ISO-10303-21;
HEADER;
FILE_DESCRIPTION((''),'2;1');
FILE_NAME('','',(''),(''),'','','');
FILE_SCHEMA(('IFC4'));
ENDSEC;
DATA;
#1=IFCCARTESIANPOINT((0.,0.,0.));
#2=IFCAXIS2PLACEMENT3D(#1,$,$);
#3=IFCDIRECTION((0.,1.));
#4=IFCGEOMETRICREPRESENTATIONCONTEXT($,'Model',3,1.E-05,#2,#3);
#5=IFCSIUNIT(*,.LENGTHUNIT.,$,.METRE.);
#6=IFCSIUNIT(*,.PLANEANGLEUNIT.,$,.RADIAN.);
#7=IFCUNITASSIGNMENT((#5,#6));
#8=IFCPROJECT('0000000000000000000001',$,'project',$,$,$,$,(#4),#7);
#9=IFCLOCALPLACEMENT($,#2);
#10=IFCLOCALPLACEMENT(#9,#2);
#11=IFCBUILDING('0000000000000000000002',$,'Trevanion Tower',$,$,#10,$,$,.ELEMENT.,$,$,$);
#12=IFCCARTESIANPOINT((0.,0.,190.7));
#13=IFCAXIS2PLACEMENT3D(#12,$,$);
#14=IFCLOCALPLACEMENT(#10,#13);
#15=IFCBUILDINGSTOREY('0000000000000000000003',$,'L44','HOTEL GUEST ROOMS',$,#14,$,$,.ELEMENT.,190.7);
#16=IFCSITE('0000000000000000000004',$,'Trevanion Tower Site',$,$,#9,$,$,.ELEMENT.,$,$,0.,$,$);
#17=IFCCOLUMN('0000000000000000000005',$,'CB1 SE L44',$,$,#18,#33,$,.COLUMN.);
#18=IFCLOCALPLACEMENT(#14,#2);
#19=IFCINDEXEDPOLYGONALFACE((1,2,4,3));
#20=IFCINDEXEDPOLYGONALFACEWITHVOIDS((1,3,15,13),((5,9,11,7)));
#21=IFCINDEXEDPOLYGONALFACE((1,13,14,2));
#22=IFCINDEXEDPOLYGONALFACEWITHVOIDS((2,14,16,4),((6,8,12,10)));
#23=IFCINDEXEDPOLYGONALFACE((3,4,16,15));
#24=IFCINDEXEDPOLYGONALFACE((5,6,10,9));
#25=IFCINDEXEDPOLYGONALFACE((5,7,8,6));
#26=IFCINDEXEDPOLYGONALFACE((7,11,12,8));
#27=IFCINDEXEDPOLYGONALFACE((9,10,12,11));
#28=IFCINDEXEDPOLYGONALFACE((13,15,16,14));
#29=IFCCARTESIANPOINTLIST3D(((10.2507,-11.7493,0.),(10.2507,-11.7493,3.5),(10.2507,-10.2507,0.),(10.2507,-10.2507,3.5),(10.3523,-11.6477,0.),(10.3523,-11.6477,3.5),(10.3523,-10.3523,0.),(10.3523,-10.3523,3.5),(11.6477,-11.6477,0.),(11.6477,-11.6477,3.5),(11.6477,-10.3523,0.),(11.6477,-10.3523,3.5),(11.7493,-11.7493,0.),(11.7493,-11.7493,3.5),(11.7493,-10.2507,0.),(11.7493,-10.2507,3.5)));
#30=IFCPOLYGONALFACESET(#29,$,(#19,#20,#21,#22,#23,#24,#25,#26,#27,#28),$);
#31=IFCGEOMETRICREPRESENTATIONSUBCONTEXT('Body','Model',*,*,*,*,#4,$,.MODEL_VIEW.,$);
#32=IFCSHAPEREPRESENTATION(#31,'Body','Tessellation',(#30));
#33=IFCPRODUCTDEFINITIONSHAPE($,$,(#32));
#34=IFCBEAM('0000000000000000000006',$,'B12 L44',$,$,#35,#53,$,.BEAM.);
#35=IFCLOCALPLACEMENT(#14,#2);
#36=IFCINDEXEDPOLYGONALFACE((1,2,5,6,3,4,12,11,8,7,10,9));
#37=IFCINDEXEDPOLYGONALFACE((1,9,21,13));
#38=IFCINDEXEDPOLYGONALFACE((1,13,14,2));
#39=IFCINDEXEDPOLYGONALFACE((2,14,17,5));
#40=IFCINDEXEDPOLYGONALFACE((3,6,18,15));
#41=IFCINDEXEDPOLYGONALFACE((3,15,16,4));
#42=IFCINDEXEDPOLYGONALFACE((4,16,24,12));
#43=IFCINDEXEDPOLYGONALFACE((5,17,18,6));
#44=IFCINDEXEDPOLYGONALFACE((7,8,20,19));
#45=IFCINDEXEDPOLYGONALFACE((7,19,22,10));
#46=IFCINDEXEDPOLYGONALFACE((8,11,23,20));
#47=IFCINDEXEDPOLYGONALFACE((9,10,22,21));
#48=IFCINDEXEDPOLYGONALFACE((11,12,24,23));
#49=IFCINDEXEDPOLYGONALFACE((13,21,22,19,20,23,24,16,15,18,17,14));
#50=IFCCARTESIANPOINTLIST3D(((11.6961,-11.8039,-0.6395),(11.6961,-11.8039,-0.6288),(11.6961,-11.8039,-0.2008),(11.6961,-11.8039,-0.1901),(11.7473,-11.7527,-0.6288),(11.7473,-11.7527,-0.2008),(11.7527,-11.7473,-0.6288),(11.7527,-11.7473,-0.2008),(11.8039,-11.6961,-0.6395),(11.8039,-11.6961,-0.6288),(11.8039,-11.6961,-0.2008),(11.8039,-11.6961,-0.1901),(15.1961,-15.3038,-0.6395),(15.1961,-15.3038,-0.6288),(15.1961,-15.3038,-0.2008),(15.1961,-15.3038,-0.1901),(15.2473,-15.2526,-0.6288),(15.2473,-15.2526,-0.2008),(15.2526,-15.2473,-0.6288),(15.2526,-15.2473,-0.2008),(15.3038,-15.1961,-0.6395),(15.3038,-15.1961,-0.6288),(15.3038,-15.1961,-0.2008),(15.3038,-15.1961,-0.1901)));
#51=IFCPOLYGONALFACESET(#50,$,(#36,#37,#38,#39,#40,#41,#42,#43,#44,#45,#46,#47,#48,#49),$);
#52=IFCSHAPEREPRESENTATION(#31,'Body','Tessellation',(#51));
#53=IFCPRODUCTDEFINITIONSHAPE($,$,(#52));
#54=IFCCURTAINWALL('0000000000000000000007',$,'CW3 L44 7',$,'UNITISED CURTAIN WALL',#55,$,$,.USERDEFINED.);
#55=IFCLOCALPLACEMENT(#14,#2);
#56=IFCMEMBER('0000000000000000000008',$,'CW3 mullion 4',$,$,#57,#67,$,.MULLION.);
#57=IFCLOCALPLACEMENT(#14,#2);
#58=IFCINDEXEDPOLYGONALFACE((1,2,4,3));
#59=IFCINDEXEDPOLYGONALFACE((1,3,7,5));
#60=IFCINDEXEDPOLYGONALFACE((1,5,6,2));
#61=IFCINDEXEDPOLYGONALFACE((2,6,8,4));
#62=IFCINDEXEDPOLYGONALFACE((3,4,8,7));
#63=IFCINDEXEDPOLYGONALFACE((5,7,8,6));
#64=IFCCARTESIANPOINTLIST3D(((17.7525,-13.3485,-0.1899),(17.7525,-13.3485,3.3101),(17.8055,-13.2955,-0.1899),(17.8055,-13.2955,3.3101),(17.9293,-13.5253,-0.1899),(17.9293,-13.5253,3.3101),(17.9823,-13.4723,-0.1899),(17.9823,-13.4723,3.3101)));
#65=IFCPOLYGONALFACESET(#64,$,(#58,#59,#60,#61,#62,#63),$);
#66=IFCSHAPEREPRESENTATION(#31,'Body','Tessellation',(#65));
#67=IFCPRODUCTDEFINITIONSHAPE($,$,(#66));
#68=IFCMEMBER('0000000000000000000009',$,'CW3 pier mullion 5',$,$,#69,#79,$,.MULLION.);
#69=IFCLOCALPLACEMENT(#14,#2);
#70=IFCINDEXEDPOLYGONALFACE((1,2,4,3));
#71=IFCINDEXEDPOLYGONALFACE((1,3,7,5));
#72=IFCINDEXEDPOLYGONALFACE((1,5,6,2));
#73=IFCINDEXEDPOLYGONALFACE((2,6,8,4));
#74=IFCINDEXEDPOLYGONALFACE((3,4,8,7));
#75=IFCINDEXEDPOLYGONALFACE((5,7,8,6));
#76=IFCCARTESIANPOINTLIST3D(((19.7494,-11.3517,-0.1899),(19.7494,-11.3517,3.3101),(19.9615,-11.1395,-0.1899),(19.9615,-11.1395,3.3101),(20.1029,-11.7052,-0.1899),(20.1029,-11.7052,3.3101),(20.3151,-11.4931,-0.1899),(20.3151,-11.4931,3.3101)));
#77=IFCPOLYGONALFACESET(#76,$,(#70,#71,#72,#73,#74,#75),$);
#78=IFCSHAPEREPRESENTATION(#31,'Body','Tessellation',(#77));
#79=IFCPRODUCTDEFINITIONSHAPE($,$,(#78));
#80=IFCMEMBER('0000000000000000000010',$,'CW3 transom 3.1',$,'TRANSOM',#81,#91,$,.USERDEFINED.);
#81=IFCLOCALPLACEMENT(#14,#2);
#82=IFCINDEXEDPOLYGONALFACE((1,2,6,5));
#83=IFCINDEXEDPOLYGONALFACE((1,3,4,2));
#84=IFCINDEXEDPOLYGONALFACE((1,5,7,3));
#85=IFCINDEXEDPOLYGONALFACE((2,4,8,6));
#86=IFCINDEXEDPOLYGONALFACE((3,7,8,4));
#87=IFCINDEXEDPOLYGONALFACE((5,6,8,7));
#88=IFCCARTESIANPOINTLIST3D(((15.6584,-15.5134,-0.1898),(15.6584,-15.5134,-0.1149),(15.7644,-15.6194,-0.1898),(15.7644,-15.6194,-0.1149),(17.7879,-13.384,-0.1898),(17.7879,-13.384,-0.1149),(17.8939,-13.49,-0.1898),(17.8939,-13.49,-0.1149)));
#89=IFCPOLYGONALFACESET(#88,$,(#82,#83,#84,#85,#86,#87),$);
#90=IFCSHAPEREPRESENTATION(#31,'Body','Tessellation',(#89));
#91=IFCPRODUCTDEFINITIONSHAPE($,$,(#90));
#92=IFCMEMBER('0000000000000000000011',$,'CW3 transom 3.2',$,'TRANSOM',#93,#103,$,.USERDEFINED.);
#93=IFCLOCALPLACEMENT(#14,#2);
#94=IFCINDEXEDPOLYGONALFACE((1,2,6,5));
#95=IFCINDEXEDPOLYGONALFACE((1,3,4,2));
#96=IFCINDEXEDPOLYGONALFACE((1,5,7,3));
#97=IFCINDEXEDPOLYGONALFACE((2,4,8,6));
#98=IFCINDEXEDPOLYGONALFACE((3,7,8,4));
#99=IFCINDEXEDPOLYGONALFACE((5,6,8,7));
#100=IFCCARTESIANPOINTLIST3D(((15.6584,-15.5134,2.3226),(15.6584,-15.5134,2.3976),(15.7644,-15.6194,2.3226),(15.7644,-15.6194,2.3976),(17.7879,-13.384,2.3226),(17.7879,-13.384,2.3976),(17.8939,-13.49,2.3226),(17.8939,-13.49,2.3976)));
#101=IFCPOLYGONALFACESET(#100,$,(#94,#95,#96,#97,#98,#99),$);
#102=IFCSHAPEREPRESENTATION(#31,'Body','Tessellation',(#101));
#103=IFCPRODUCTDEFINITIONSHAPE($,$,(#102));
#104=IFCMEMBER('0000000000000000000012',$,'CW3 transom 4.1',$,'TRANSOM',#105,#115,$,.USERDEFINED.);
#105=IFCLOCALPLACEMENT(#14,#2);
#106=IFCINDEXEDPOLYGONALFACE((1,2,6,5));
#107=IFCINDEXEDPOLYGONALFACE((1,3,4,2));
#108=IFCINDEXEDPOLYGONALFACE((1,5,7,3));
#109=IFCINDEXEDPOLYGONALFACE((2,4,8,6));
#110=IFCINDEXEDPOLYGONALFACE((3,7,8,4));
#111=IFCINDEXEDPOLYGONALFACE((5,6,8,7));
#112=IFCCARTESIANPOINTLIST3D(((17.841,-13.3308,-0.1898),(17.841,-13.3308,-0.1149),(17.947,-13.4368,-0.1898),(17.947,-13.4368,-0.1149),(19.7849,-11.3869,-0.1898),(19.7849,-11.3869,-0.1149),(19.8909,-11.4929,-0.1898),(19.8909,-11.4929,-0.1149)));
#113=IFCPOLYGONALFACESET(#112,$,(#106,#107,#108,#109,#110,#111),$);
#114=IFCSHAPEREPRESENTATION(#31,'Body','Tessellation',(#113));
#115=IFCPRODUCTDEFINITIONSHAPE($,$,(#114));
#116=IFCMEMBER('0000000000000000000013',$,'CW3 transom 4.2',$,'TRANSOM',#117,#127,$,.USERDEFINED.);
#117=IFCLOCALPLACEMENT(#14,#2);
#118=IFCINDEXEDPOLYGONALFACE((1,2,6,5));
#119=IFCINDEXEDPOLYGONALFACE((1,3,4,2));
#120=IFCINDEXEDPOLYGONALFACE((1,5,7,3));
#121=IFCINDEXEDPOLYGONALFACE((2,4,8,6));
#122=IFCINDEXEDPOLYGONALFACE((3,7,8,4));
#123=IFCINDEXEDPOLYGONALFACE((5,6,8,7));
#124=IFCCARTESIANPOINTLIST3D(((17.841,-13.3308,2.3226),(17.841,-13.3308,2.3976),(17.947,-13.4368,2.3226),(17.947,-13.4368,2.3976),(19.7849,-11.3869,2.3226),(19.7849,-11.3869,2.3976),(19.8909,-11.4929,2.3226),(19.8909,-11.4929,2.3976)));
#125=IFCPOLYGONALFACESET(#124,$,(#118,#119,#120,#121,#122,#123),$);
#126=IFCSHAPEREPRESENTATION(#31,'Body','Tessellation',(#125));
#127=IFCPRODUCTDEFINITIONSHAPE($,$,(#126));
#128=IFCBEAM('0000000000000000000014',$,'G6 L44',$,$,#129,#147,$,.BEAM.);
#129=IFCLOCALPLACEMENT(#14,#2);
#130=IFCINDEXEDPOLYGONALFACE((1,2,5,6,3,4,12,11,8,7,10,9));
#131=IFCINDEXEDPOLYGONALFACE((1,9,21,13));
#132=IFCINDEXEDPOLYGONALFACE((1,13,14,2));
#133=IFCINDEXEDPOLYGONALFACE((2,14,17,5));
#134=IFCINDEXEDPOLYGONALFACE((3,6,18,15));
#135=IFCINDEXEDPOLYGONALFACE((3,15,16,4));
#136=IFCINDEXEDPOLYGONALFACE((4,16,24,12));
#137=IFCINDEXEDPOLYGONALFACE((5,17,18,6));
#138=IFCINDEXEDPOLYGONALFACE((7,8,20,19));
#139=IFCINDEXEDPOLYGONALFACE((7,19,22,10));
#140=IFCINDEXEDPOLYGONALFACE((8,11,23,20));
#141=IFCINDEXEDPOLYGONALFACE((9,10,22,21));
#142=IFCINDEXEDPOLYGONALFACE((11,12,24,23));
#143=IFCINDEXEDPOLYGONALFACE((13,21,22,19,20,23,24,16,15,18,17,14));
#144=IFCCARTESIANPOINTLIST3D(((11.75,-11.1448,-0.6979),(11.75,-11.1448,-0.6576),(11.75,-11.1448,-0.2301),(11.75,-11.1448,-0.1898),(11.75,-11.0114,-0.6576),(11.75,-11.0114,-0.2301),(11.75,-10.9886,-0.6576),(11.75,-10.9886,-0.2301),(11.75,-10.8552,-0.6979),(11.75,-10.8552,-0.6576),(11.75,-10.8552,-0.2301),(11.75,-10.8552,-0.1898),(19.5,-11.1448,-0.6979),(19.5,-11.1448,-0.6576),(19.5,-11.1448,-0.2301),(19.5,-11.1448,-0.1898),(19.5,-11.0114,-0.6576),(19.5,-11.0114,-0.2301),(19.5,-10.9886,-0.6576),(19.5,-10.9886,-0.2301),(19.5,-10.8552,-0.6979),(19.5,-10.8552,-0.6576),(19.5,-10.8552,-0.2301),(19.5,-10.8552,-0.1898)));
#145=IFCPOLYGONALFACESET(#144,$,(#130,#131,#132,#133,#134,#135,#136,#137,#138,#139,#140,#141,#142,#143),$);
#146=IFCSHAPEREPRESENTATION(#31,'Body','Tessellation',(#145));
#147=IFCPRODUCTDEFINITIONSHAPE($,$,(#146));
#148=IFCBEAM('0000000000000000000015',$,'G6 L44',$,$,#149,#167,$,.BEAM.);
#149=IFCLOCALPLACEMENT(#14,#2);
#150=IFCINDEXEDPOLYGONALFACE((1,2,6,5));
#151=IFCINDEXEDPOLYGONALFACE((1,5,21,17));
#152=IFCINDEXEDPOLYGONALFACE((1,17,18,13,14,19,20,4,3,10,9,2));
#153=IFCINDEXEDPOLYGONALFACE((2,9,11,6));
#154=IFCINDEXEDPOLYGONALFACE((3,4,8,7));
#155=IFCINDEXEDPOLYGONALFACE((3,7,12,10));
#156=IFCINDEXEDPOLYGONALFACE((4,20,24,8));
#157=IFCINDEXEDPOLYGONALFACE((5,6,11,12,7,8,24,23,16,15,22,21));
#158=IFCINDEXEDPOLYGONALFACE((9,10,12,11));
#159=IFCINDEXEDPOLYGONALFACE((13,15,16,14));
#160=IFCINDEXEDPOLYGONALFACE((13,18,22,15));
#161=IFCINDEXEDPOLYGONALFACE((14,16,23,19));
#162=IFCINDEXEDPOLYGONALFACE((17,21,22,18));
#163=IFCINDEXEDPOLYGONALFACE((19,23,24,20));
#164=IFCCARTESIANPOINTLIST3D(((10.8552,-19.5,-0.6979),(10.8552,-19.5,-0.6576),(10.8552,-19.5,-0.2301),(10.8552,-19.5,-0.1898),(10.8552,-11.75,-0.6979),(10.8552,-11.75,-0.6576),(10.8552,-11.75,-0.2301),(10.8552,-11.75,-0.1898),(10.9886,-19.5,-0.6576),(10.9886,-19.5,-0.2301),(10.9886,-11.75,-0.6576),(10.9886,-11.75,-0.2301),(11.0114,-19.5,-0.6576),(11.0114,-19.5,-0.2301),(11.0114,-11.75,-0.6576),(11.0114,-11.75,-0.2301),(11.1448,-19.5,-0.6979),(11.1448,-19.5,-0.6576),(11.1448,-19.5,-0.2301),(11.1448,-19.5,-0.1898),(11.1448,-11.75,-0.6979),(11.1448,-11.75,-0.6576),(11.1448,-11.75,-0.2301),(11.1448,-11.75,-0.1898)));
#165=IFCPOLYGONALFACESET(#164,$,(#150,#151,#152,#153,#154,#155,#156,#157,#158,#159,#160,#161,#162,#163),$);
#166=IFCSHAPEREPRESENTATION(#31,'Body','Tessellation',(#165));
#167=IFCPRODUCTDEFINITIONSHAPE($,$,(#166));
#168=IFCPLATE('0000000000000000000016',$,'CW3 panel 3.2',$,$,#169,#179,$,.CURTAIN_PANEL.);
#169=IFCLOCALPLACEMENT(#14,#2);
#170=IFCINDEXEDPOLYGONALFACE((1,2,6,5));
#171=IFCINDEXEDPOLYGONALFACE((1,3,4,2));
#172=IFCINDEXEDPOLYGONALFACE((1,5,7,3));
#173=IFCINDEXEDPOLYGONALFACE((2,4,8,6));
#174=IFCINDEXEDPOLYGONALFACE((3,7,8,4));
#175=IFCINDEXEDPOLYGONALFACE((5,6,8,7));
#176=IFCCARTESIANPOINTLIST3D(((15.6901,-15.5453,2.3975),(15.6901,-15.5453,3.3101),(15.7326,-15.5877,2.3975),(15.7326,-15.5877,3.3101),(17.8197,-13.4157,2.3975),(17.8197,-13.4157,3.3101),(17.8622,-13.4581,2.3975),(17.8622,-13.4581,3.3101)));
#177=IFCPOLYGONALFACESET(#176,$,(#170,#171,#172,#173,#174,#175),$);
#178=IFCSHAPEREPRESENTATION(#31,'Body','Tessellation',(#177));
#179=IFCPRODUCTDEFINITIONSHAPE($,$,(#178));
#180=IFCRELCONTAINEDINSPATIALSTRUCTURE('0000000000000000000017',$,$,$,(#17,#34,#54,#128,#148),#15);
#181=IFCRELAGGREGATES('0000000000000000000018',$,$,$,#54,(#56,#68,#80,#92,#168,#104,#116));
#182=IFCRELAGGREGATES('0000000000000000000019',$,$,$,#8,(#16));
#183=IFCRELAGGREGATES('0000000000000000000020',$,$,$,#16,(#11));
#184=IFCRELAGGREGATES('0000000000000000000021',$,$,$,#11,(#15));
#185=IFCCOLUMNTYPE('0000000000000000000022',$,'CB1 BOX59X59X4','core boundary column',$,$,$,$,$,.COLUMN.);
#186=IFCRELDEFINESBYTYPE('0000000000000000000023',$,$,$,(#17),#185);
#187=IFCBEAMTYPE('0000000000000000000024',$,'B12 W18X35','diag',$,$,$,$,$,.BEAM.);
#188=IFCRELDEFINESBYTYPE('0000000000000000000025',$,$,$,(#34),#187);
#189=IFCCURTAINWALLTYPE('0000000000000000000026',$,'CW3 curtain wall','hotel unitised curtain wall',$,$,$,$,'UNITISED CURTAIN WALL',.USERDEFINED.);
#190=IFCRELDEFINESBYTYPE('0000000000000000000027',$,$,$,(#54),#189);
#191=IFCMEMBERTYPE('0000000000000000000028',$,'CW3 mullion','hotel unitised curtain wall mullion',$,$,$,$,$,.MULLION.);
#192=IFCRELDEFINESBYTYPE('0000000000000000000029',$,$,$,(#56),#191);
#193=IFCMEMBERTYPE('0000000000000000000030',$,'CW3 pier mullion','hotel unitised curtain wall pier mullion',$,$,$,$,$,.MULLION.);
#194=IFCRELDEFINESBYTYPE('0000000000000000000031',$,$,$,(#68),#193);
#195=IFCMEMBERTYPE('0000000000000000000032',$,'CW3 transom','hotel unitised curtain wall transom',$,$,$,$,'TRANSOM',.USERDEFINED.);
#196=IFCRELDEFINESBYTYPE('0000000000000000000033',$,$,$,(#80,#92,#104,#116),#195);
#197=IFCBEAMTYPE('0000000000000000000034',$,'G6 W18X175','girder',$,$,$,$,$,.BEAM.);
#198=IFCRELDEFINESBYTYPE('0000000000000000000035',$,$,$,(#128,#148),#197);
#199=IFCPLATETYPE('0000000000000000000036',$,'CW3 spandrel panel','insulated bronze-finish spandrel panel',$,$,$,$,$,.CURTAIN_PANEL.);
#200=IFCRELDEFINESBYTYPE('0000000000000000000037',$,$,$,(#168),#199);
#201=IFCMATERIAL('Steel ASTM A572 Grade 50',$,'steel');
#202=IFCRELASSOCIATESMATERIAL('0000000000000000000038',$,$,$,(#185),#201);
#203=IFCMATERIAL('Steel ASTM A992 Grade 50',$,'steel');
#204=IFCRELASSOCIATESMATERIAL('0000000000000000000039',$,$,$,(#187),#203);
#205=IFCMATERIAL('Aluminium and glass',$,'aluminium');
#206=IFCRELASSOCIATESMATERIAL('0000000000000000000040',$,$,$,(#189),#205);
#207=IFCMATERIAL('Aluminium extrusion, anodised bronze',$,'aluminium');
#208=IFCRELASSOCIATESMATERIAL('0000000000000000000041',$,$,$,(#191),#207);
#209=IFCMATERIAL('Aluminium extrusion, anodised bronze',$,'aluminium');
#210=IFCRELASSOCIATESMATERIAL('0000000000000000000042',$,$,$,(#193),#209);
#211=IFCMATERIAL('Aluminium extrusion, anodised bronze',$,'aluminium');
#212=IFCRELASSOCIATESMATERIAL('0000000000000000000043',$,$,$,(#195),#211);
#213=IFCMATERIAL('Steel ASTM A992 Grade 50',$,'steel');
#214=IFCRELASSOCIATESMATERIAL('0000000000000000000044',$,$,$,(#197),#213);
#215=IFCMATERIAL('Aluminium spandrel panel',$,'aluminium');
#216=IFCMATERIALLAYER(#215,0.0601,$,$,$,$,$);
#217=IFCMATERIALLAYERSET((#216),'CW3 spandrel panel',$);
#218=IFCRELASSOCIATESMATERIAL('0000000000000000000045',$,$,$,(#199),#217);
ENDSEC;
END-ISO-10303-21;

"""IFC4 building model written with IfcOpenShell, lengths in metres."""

from ifc_helpers import new_model, si_unit, direction, frame, origin, origin_2d, place, context, subcontext, project, spatial, rectangle, hollow_rectangle, i_section, extrude, material, layer, layer_set, material_profile, profile_set, type_object, element, aggregate, save


model = new_model("IFC4")

# Units and contexts
model_context = context("Model", 3, precision=1e-05, world=origin(), true_north=direction((0.0, 1.0)))
body_context = subcontext(model_context, "Body", "Model", "MODEL_VIEW")
ifc_project = project(units=[si_unit("LENGTHUNIT", "METRE"), si_unit("PLANEANGLEUNIT", "RADIAN")], contexts=[model_context])

# Site, building, storey
site_placement = place(None, origin())
site = spatial("IfcSite", under=ifc_project, at=site_placement, Name="Trevanion Tower Site", CompositionType="ELEMENT", RefElevation=0.0)
building_placement = place(site_placement, origin())
building = spatial("IfcBuilding", under=site, at=building_placement, Name="Trevanion Tower", CompositionType="ELEMENT")
storey_placement = place(building_placement, frame((0.0, 0.0, 190.7)))
storey = spatial("IfcBuildingStorey", under=building, at=storey_placement, Name="L44", Description="HOTEL GUEST ROOMS", CompositionType="ELEMENT", Elevation=190.7)

# Column
ifc_material_1 = material(Name="Steel ASTM A572 Grade 50", Category="steel")
ifc_material_profile_1 = material_profile(ifc_material_1, hollow_rectangle(XDim=1.4985, YDim=1.4985, WallThickness=0.1016, at=origin_2d()), Name="BOX59X59X4")
ifc_profile_set_1 = profile_set([ifc_material_profile_1], Name="Steel ASTM A572 Grade 50")
column_type = type_object("IfcColumnType", Name="CB1 BOX59X59X4", Description="core boundary column", PredefinedType="COLUMN", material=ifc_profile_set_1)
column_placement = place(storey_placement, frame((11.0, -11.0, 0.0), z_axis=(0.0, 0.0, 1.0), x_axis=(1.0, 0.0, 0.0)))
element("IfcColumn", 1, at=column_placement, inside=storey, type_object=column_type, Name="CB1 SE L44", PredefinedType="COLUMN", context=body_context, shape_type="SweptSolid", body=[
    extrude(hollow_rectangle(XDim=1.4985, YDim=1.4985, WallThickness=0.1016, at=origin_2d()), origin(), (0.0, 0.0, 1.0), 3.5),
])

# Beam
ifc_material_2 = material(Name="Steel ASTM A992 Grade 50", Category="steel")
ifc_material_profile_2 = material_profile(ifc_material_2, i_section(OverallWidth=0.1523, OverallDepth=0.4495, WebThickness=0.0076, FlangeThickness=0.0107, at=origin_2d()), Name="W18X35")
ifc_profile_set_2 = profile_set([ifc_material_profile_2], Name="Steel ASTM A992 Grade 50")
beam_type_1 = type_object("IfcBeamType", Name="B12 W18X35", Description="diag", PredefinedType="BEAM", material=ifc_profile_set_2)
beam_placement = place(storey_placement, frame((11.75, -11.75, -0.4148), z_axis=(0.707107, -0.707107, 0.0), x_axis=(0.707107, 0.707107, 0.0)))
element("IfcBeam", 2, at=beam_placement, inside=storey, type_object=beam_type_1, Name="B12 L44", PredefinedType="BEAM", context=body_context, shape_type="SweptSolid", body=[
    extrude(i_section(OverallWidth=0.1523, OverallDepth=0.4495, WebThickness=0.0076, FlangeThickness=0.0107, at=origin_2d()), origin(), (0.0, 0.0, 1.0), 4.9497),
])

# Curtain wall, members
ifc_material_3 = material(Name="Aluminium and glass", Category="aluminium")
curtain_wall_type = type_object("IfcCurtainWallType", Name="CW3 curtain wall", Description="hotel unitised curtain wall", ElementType="UNITISED CURTAIN WALL", PredefinedType="USERDEFINED", material=ifc_material_3)
curtain_wall_placement = place(storey_placement, origin())
curtain_wall = element("IfcCurtainWall", 3, at=curtain_wall_placement, inside=storey, type_object=curtain_wall_type, Name="CW3 L44 7", ObjectType="UNITISED CURTAIN WALL", PredefinedType="USERDEFINED")
ifc_material_4 = material(Name="Aluminium extrusion, anodised bronze", Category="aluminium")
ifc_material_profile_3 = material_profile(ifc_material_4, rectangle(XDim=0.075, YDim=0.25, at=origin_2d()), Name="CW3 mullion")
ifc_profile_set_3 = profile_set([ifc_material_profile_3], Name="Aluminium extrusion, anodised bronze")
member_type_1 = type_object("IfcMemberType", Name="CW3 mullion", Description="hotel unitised curtain wall mullion", PredefinedType="MULLION", material=ifc_profile_set_3)
member_1_placement = place(storey_placement, frame((17.8674, -13.4104, -0.1899), z_axis=(0.0, 0.0, 1.0), x_axis=(0.707107, 0.707107, 0.0)))
member_1 = element("IfcMember", 4, at=member_1_placement, type_object=member_type_1, Name="CW3 mullion 4", PredefinedType="MULLION", context=body_context, shape_type="SweptSolid", body=[
    extrude(rectangle(XDim=0.075, YDim=0.25, at=origin_2d()), origin(), (0.0, 0.0, 1.0), 3.5),
])
ifc_material_5 = material(Name="Aluminium extrusion, anodised bronze", Category="aluminium")
ifc_material_profile_4 = material_profile(ifc_material_5, rectangle(XDim=0.3, YDim=0.5, at=origin_2d()), Name="CW3 pier mullion")
ifc_profile_set_4 = profile_set([ifc_material_profile_4], Name="Aluminium extrusion, anodised bronze")
member_type_2 = type_object("IfcMemberType", Name="CW3 pier mullion", Description="hotel unitised curtain wall pier mullion", PredefinedType="MULLION", material=ifc_profile_set_4)
member_2_placement = place(storey_placement, frame((20.0322, -11.4224, -0.1899), z_axis=(0.0, 0.0, 1.0), x_axis=(0.707107, 0.707107, 0.0)))
member_2 = element("IfcMember", 5, at=member_2_placement, type_object=member_type_2, Name="CW3 pier mullion 5", PredefinedType="MULLION", context=body_context, shape_type="SweptSolid", body=[
    extrude(rectangle(XDim=0.3, YDim=0.5, at=origin_2d()), origin(), (0.0, 0.0, 1.0), 3.5),
])
ifc_material_6 = material(Name="Aluminium extrusion, anodised bronze", Category="aluminium")
ifc_material_profile_5 = material_profile(ifc_material_6, rectangle(XDim=0.1499, YDim=0.075, at=origin_2d()), Name="CW3 transom")
ifc_profile_set_5 = profile_set([ifc_material_profile_5], Name="Aluminium extrusion, anodised bronze")
member_type_3 = type_object("IfcMemberType", Name="CW3 transom", Description="hotel unitised curtain wall transom", ElementType="TRANSOM", PredefinedType="USERDEFINED", material=ifc_profile_set_5)
member_3_placement = place(storey_placement, frame((15.7114, -15.5664, -0.1523), z_axis=(0.707107, 0.707107, 0.0), x_axis=(-0.707107, 0.707107, 0.0)))
member_3 = element("IfcMember", 6, at=member_3_placement, type_object=member_type_3, Name="CW3 transom 3.1", ObjectType="TRANSOM", PredefinedType="USERDEFINED", context=body_context, shape_type="SweptSolid", body=[
    extrude(rectangle(XDim=0.1499, YDim=0.075, at=origin_2d()), origin(), (0.0, 0.0, 1.0), 3.0115),
])
member_4_placement = place(storey_placement, frame((15.7114, -15.5664, 2.3601), z_axis=(0.707107, 0.707107, 0.0), x_axis=(-0.707107, 0.707107, 0.0)))
member_4 = element("IfcMember", 7, at=member_4_placement, type_object=member_type_3, Name="CW3 transom 3.2", ObjectType="TRANSOM", PredefinedType="USERDEFINED", context=body_context, shape_type="SweptSolid", body=[
    extrude(rectangle(XDim=0.1499, YDim=0.075, at=origin_2d()), origin(), (0.0, 0.0, 1.0), 3.0115),
])
member_5_placement = place(storey_placement, frame((17.894, -13.3838, -0.1523), z_axis=(0.707107, 0.707107, 0.0), x_axis=(-0.707107, 0.707107, 0.0)))
member_5 = element("IfcMember", 8, at=member_5_placement, type_object=member_type_3, Name="CW3 transom 4.1", ObjectType="TRANSOM", PredefinedType="USERDEFINED", context=body_context, shape_type="SweptSolid", body=[
    extrude(rectangle(XDim=0.1499, YDim=0.075, at=origin_2d()), origin(), (0.0, 0.0, 1.0), 2.749),
])
member_6_placement = place(storey_placement, frame((17.894, -13.3838, 2.3601), z_axis=(0.707107, 0.707107, 0.0), x_axis=(-0.707107, 0.707107, 0.0)))
member_6 = element("IfcMember", 9, at=member_6_placement, type_object=member_type_3, Name="CW3 transom 4.2", ObjectType="TRANSOM", PredefinedType="USERDEFINED", context=body_context, shape_type="SweptSolid", body=[
    extrude(rectangle(XDim=0.1499, YDim=0.075, at=origin_2d()), origin(), (0.0, 0.0, 1.0), 2.749),
])

# Beams
ifc_material_7 = material(Name="Steel ASTM A992 Grade 50", Category="steel")
ifc_material_profile_6 = material_profile(ifc_material_7, i_section(OverallWidth=0.2896, OverallDepth=0.5081, WebThickness=0.0227, FlangeThickness=0.0403, at=origin_2d()), Name="W18X175")
ifc_profile_set_6 = profile_set([ifc_material_profile_6], Name="Steel ASTM A992 Grade 50")
beam_type_2 = type_object("IfcBeamType", Name="G6 W18X175", Description="girder", PredefinedType="BEAM", material=ifc_profile_set_6)
for number, where, z_axis, x_axis, name in (
    (10, (11.75, -11.0, -0.4438), (1.0, 0.0, 0.0), (0.0, 1.0, 0.0), "G6 L44"),
    (11, (11.0, -11.75, -0.4438), (0.0, -1.0, 0.0), (1.0, 0.0, 0.0), "G6 L44"),
):
    element("IfcBeam", number, at=place(storey_placement, frame(where, z_axis=z_axis, x_axis=x_axis)), inside=storey, type_object=beam_type_2, Name=name, PredefinedType="BEAM", context=body_context, shape_type="SweptSolid", body=[
        extrude(i_section(OverallWidth=0.2896, OverallDepth=0.5081, WebThickness=0.0227, FlangeThickness=0.0403, at=origin_2d()), origin(), (0.0, 0.0, 1.0), 7.75),
    ])

# Plate
ifc_material_8 = material(Name="Aluminium spandrel panel", Category="aluminium")
ifc_layer_1 = layer(ifc_material_8, 0.0601)
ifc_layer_set_1 = layer_set([ifc_layer_1], Name="CW3 spandrel panel")
plate_type_1 = type_object("IfcPlateType", Name="CW3 spandrel panel", Description="insulated bronze-finish spandrel panel", PredefinedType="CURTAIN_PANEL", material=ifc_layer_set_1)
plate_1_placement = place(storey_placement, frame((16.7761, -14.5017, 2.3975), z_axis=(0.0, 0.0, 1.0), x_axis=(0.707107, 0.707107, 0.0)))
plate_1 = element("IfcPlate", 12, at=plate_1_placement, type_object=plate_type_1, Name="CW3 panel 3.2", PredefinedType="CURTAIN_PANEL", context=body_context, shape_type="SweptSolid", body=[
    extrude(rectangle(XDim=3.0117, YDim=0.0601, at=origin_2d()), origin(), (0.0, 0.0, 1.0), 0.9126),
])
aggregate(curtain_wall, [member_1, member_2, member_3, member_4, plate_1, member_5, member_6])

save(model, "model.ifc")
